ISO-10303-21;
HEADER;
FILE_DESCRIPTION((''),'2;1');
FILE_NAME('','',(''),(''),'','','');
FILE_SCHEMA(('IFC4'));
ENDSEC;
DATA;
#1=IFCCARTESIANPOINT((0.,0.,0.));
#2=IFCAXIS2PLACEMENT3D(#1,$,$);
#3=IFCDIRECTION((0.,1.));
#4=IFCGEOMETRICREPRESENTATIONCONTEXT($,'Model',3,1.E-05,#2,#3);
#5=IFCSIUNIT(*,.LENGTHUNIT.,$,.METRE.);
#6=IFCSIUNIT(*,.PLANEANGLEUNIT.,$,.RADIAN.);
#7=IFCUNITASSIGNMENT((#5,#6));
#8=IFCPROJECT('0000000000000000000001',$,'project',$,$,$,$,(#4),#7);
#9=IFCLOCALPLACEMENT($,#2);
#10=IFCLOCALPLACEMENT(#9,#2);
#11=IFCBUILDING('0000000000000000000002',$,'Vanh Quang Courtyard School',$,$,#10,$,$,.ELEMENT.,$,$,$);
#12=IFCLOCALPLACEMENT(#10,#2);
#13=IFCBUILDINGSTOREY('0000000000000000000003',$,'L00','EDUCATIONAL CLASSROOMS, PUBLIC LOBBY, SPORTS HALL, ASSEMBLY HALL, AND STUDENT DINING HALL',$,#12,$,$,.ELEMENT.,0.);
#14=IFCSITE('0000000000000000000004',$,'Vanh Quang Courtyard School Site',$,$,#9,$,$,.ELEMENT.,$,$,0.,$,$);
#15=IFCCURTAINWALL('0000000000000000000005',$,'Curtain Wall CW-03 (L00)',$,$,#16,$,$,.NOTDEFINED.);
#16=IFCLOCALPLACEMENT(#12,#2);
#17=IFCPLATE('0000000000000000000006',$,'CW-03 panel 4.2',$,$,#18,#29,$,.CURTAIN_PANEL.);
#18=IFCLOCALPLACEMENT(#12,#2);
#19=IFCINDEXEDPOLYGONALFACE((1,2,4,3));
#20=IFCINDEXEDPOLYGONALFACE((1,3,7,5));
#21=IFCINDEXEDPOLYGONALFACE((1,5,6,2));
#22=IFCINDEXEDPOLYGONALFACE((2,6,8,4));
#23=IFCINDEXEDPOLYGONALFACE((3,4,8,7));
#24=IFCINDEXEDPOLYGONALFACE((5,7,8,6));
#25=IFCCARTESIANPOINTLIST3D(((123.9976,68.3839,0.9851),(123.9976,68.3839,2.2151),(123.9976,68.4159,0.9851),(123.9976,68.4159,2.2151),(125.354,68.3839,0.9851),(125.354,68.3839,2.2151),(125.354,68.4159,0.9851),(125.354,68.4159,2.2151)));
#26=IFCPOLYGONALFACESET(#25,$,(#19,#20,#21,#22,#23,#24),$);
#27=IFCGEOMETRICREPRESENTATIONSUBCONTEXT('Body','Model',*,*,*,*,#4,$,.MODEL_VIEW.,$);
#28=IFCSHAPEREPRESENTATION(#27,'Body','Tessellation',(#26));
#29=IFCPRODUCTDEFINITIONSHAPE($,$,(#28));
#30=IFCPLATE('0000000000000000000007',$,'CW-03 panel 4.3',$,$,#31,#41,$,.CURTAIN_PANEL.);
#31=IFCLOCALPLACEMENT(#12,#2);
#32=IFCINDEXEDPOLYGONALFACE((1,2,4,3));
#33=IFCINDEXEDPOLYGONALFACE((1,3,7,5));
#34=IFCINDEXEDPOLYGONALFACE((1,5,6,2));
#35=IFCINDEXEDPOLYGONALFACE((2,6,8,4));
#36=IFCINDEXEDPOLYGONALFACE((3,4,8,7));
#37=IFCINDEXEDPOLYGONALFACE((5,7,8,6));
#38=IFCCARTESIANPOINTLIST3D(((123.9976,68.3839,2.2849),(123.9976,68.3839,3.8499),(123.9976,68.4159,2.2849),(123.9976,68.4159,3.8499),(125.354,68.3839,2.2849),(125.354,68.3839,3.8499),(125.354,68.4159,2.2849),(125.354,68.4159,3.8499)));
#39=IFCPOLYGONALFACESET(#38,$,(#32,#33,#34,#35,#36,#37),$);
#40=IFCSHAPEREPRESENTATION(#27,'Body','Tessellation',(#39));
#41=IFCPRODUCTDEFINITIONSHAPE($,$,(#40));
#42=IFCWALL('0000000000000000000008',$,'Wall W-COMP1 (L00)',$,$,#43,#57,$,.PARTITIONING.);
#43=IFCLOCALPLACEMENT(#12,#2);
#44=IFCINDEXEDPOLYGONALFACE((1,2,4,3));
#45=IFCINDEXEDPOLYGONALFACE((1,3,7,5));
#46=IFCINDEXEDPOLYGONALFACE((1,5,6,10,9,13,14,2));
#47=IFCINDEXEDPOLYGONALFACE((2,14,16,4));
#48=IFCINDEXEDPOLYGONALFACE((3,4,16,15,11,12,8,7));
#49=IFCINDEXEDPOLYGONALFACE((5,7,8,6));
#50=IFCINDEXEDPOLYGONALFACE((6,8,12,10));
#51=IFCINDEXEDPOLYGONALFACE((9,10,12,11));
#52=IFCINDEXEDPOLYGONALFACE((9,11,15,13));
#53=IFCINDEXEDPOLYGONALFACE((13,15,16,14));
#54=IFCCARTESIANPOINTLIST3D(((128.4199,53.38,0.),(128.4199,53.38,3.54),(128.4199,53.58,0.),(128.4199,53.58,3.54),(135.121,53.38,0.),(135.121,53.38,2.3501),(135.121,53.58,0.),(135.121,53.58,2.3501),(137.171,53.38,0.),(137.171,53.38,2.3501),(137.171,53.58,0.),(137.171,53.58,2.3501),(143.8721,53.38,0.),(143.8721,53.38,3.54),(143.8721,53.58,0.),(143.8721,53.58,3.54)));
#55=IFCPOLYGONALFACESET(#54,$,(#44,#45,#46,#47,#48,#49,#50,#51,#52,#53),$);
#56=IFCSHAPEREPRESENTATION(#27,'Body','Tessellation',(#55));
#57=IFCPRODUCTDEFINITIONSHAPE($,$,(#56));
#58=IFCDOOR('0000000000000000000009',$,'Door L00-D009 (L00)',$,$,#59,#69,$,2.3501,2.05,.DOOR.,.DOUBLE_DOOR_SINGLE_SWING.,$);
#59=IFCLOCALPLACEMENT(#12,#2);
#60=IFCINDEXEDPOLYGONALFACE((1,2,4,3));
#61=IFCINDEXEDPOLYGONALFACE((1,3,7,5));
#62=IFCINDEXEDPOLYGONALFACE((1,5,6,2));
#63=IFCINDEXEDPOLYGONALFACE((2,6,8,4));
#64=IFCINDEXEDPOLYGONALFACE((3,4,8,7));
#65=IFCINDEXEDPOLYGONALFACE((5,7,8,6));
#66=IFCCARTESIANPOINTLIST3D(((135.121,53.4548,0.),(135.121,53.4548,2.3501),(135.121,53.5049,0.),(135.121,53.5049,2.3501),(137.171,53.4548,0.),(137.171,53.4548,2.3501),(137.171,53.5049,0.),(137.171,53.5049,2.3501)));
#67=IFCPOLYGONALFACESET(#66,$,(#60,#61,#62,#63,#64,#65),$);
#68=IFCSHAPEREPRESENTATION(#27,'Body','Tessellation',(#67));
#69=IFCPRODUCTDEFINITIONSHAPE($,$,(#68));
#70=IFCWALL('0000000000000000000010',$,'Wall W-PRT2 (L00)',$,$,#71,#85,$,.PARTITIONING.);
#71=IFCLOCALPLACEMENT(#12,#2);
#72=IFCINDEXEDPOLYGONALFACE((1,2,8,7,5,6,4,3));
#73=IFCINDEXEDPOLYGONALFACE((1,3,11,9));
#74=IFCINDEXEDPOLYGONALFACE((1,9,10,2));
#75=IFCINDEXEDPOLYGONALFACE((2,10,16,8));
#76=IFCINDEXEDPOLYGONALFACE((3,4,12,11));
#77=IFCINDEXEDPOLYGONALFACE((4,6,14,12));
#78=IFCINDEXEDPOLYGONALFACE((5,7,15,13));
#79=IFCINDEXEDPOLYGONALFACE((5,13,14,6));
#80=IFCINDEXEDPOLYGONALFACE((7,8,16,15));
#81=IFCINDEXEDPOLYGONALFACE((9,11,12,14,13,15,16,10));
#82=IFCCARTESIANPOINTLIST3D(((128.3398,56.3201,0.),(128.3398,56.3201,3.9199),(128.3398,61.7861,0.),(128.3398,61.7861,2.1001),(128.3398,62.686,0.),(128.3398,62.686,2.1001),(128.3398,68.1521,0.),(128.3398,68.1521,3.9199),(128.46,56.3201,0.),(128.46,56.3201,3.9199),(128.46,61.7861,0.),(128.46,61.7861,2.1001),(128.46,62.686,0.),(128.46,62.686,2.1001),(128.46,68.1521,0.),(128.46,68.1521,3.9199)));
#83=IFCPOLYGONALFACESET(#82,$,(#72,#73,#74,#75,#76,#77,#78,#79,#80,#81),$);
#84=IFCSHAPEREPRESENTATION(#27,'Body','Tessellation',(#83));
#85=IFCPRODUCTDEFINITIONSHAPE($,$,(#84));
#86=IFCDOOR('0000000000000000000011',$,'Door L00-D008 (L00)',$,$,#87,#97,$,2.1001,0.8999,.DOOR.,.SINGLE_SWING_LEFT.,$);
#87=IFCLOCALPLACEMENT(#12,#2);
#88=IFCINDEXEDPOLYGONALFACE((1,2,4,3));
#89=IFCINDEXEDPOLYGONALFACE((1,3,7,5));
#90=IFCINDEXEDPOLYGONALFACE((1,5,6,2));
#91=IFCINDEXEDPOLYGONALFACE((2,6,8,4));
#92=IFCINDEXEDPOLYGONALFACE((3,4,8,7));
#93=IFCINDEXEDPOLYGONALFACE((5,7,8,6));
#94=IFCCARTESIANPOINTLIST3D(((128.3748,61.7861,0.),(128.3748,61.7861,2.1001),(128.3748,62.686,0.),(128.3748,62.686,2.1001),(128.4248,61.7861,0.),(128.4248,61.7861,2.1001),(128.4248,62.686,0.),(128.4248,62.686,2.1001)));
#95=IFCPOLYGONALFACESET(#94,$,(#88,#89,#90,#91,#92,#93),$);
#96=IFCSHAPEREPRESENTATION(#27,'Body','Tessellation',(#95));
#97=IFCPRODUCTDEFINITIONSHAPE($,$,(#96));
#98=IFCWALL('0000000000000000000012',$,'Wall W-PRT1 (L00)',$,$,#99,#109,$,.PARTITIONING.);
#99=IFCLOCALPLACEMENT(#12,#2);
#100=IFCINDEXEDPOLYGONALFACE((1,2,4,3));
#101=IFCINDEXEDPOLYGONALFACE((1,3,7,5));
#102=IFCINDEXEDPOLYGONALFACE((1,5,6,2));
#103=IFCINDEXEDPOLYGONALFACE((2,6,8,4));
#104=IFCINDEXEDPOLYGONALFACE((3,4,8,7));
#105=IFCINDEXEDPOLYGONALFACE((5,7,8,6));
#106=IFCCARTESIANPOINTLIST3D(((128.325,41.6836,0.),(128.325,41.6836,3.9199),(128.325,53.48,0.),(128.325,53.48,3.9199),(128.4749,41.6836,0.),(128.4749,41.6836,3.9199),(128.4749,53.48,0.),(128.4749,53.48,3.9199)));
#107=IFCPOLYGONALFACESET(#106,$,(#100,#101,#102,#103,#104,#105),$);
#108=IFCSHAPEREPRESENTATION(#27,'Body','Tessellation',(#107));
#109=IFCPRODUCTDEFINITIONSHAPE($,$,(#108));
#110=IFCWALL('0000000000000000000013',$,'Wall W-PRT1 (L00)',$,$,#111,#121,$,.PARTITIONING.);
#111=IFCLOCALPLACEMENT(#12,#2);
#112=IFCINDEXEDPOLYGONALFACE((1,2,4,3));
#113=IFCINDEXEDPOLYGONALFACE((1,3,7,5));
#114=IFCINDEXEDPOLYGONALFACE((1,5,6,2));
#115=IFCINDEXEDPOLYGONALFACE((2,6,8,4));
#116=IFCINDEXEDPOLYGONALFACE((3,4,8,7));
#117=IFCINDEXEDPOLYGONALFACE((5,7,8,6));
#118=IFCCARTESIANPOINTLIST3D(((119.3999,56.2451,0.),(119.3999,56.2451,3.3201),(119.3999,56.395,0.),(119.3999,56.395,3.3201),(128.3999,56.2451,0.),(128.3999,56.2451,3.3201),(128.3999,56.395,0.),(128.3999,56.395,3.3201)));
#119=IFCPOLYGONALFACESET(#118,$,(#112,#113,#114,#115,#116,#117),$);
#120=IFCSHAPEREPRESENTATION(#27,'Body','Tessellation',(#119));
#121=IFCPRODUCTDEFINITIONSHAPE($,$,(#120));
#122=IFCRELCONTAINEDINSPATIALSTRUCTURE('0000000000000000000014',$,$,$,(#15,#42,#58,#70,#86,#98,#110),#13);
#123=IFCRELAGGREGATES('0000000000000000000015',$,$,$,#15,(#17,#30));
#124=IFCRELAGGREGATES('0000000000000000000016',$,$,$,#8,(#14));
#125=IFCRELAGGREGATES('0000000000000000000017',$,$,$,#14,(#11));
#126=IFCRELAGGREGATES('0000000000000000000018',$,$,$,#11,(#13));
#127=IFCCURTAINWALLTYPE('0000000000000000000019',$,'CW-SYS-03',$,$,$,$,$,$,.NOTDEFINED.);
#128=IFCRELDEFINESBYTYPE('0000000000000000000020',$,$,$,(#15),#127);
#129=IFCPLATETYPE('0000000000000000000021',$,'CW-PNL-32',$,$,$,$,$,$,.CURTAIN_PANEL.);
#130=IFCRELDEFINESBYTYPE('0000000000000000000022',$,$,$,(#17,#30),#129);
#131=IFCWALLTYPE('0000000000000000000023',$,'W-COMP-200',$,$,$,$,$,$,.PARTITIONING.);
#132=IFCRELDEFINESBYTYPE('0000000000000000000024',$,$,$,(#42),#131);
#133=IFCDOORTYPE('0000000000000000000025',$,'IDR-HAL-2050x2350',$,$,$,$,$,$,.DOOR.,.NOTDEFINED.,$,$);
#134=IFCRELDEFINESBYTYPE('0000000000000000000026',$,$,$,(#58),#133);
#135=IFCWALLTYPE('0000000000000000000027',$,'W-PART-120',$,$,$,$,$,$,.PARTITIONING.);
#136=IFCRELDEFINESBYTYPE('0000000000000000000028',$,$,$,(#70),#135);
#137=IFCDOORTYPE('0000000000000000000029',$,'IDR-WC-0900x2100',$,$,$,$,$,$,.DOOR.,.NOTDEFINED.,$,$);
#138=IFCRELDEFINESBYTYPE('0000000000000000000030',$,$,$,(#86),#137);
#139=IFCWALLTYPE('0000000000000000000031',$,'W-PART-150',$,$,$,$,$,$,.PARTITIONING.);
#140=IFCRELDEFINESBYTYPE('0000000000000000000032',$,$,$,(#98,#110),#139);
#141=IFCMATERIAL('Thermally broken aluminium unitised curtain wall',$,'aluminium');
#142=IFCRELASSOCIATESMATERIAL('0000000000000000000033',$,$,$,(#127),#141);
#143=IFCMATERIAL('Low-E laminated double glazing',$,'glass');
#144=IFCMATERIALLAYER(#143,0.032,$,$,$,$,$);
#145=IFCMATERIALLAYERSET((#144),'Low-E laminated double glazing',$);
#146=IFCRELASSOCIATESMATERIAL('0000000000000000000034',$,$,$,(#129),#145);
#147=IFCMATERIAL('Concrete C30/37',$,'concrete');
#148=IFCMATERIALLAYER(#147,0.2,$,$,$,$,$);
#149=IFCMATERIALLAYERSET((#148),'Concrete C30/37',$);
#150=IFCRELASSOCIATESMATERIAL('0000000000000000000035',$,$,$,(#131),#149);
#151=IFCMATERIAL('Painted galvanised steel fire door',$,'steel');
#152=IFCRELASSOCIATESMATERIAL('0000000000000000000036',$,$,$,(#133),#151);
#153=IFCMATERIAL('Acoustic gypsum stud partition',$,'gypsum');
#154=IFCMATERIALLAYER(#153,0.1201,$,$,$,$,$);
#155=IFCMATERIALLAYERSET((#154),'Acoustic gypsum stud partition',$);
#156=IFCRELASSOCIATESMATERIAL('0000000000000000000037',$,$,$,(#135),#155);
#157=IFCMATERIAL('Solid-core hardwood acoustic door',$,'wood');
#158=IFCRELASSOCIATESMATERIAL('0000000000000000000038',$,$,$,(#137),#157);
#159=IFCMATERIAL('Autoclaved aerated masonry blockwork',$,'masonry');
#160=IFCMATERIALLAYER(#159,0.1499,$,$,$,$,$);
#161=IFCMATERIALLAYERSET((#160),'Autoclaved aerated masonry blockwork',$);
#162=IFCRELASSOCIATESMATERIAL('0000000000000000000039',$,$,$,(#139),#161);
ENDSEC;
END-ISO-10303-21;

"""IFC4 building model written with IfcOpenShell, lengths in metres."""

from ifc_helpers import new_model, si_unit, direction, frame, frame_2d, origin, origin_2d, place, context, subcontext, project, spatial, rectangle, extrude, material, layer, layer_set, type_object, element, fill, aggregate, save


model = new_model("IFC4")

# Units and contexts
model_context = context("Model", 3, precision=1e-05, world=origin(), true_north=direction((0.0, 1.0)))
body_context = subcontext(model_context, "Body", "Model", "MODEL_VIEW")
ifc_project = project(units=[si_unit("LENGTHUNIT", "METRE"), si_unit("PLANEANGLEUNIT", "RADIAN")], contexts=[model_context])

# Site, building, storey
site_placement = place(None, origin())
site = spatial("IfcSite", under=ifc_project, at=site_placement, Name="Vanh Quang Courtyard School Site", CompositionType="ELEMENT", RefElevation=0.0)
building_placement = place(site_placement, origin())
building = spatial("IfcBuilding", under=site, at=building_placement, Name="Vanh Quang Courtyard School", CompositionType="ELEMENT")
storey_placement = place(building_placement, origin())
storey = spatial("IfcBuildingStorey", under=building, at=storey_placement, Name="L00", Description="EDUCATIONAL CLASSROOMS, PUBLIC LOBBY, SPORTS HALL, ASSEMBLY HALL, AND STUDENT DINING HALL", CompositionType="ELEMENT", Elevation=0.0)

# Shared definitions
ifc_material_1 = material(Name="Concrete C30/37", Category="concrete")

# Curtain wall, plates
ifc_material_2 = material(Name="Thermally broken aluminium unitised curtain wall", Category="aluminium")
curtain_wall_type = type_object("IfcCurtainWallType", Name="CW-SYS-03", PredefinedType="NOTDEFINED", material=ifc_material_2)
curtain_wall_placement = place(storey_placement, origin())
curtain_wall = element("IfcCurtainWall", 1, at=curtain_wall_placement, inside=storey, type_object=curtain_wall_type, Name="Curtain Wall CW-03 (L00)", PredefinedType="NOTDEFINED")
ifc_material_3 = material(Name="Low-E laminated double glazing", Category="glass")
ifc_layer_1 = layer(ifc_material_3, 0.032)
ifc_layer_set_1 = layer_set([ifc_layer_1], Name="Low-E laminated double glazing")
plate_type = type_object("IfcPlateType", Name="CW-PNL-32", PredefinedType="CURTAIN_PANEL", material=ifc_layer_set_1)
plate_1_placement = place(storey_placement, frame((124.6758, 68.3999, 0.9851), z_axis=(0.0, 0.0, 1.0), x_axis=(1.0, 0.0, 0.0)))
plate_1 = element("IfcPlate", 2, at=plate_1_placement, type_object=plate_type, Name="CW-03 panel 4.2", PredefinedType="CURTAIN_PANEL", context=body_context, shape_type="SweptSolid", body=[
    extrude(rectangle(XDim=1.3564, YDim=0.032, at=origin_2d()), origin(), (0.0, 0.0, 1.0), 1.23),
])
plate_2_placement = place(storey_placement, frame((124.6758, 68.3999, 2.2849), z_axis=(0.0, 0.0, 1.0), x_axis=(1.0, 0.0, 0.0)))
plate_2 = element("IfcPlate", 3, at=plate_2_placement, type_object=plate_type, Name="CW-03 panel 4.3", PredefinedType="CURTAIN_PANEL", context=body_context, shape_type="SweptSolid", body=[
    extrude(rectangle(XDim=1.3564, YDim=0.032, at=origin_2d()), origin(), (0.0, 0.0, 1.0), 1.5649),
])
aggregate(curtain_wall, [plate_1, plate_2])

# Walls, openings, doors
ifc_layer_2 = layer(ifc_material_1, 0.2)
ifc_layer_set_2 = layer_set([ifc_layer_2], Name="Concrete C30/37")
wall_type_1 = type_object("IfcWallType", Name="W-COMP-200", PredefinedType="PARTITIONING", material=ifc_layer_set_2)
wall_1_placement = place(storey_placement, frame((128.4199, 53.48, 0.0), z_axis=(0.0, 0.0, 1.0), x_axis=(1.0, 0.0, 0.0)))
wall_1 = element("IfcWall", 4, at=wall_1_placement, inside=storey, type_object=wall_type_1, Name="Wall W-COMP1 (L00)", PredefinedType="PARTITIONING", context=body_context, shape_type="SweptSolid", body=[
    extrude(rectangle(XDim=15.4521, YDim=0.2, at=frame_2d((7.7261, 0.0))), origin(), (0.0, 0.0, 1.0), 3.54),
])
opening_1_placement = place(wall_1_placement, frame((6.7012, 0.0, 0.0)))
opening_1 = element("IfcOpeningElement", 5, at=opening_1_placement, cuts=wall_1, PredefinedType="OPENING", context=body_context, shape_type="SweptSolid", body=[
    extrude(rectangle(XDim=2.05, YDim=2.3501, at=frame_2d((1.0249, 1.175))), frame((0.0, 0.1099, 0.0), z_axis=(0.0, -1.0, 0.0), x_axis=(1.0, 0.0, 0.0)), (0.0, 0.0, 1.0), 0.22),
])
ifc_material_4 = material(Name="Painted galvanised steel fire door", Category="steel")
door_type_1 = type_object("IfcDoorType", Name="IDR-HAL-2050x2350", OperationType="NOTDEFINED", PredefinedType="DOOR", material=ifc_material_4)
door_1_placement = place(opening_1_placement, origin())
door_1 = element("IfcDoor", 6, at=door_1_placement, inside=storey, type_object=door_type_1, Name="Door L00-D009 (L00)", OperationType="DOUBLE_DOOR_SINGLE_SWING", OverallHeight=2.3501, OverallWidth=2.05, PredefinedType="DOOR", context=body_context, shape_type="SweptSolid", body=[
    extrude(rectangle(XDim=2.05, YDim=2.3501, at=frame_2d((1.0249, 1.175))), frame((0.0, 0.0249, 0.0), z_axis=(0.0, -1.0, 0.0), x_axis=(1.0, 0.0, 0.0)), (0.0, 0.0, 1.0), 0.05),
])
fill(opening_1, door_1)
ifc_material_5 = material(Name="Acoustic gypsum stud partition", Category="gypsum")
ifc_layer_3 = layer(ifc_material_5, 0.1201)
ifc_layer_set_3 = layer_set([ifc_layer_3], Name="Acoustic gypsum stud partition")
wall_type_2 = type_object("IfcWallType", Name="W-PART-120", PredefinedType="PARTITIONING", material=ifc_layer_set_3)
wall_2_placement = place(storey_placement, frame((128.3999, 68.1521, 0.0), z_axis=(0.0, 0.0, 1.0), x_axis=(0.0, -1.0, 0.0)))
wall_2 = element("IfcWall", 7, at=wall_2_placement, inside=storey, type_object=wall_type_2, Name="Wall W-PRT2 (L00)", PredefinedType="PARTITIONING", context=body_context, shape_type="SweptSolid", body=[
    extrude(rectangle(XDim=11.832, YDim=0.1201, at=frame_2d((5.916, 0.0))), origin(), (0.0, 0.0, 1.0), 3.9199),
])
opening_2_placement = place(wall_2_placement, frame((5.4661, 0.0, 0.0)))
opening_2 = element("IfcOpeningElement", 8, at=opening_2_placement, cuts=wall_2, PredefinedType="OPENING", context=body_context, shape_type="SweptSolid", body=[
    extrude(rectangle(XDim=0.8999, YDim=2.1001, at=frame_2d((0.45, 1.05))), frame((0.0, 0.0701, 0.0), z_axis=(0.0, -1.0, 0.0), x_axis=(1.0, 0.0, 0.0)), (0.0, 0.0, 1.0), 0.1401),
])
ifc_material_6 = material(Name="Solid-core hardwood acoustic door", Category="wood")
door_type_2 = type_object("IfcDoorType", Name="IDR-WC-0900x2100", OperationType="NOTDEFINED", PredefinedType="DOOR", material=ifc_material_6)
door_2_placement = place(opening_2_placement, origin())
door_2 = element("IfcDoor", 9, at=door_2_placement, inside=storey, type_object=door_type_2, Name="Door L00-D008 (L00)", OperationType="SINGLE_SWING_LEFT", OverallHeight=2.1001, OverallWidth=0.8999, PredefinedType="DOOR", context=body_context, shape_type="SweptSolid", body=[
    extrude(rectangle(XDim=0.8999, YDim=2.1001, at=frame_2d((0.45, 1.05))), frame((0.0, 0.0249, 0.0), z_axis=(0.0, -1.0, 0.0), x_axis=(1.0, 0.0, 0.0)), (0.0, 0.0, 1.0), 0.05),
])
fill(opening_2, door_2)

# Walls
ifc_material_7 = material(Name="Autoclaved aerated masonry blockwork", Category="masonry")
ifc_layer_4 = layer(ifc_material_7, 0.1499)
ifc_layer_set_4 = layer_set([ifc_layer_4], Name="Autoclaved aerated masonry blockwork")
wall_type_3 = type_object("IfcWallType", Name="W-PART-150", PredefinedType="PARTITIONING", material=ifc_layer_set_4)
wall_3_placement = place(storey_placement, frame((128.3999, 53.48, 0.0), z_axis=(0.0, 0.0, 1.0), x_axis=(0.0, -1.0, 0.0)))
element("IfcWall", 10, at=wall_3_placement, inside=storey, type_object=wall_type_3, Name="Wall W-PRT1 (L00)", PredefinedType="PARTITIONING", context=body_context, shape_type="SweptSolid", body=[
    extrude(rectangle(XDim=11.7964, YDim=0.1499, at=frame_2d((5.8982, 0.0))), origin(), (0.0, 0.0, 1.0), 3.9199),
])
wall_4_placement = place(storey_placement, frame((128.3999, 56.3201, 0.0), z_axis=(0.0, 0.0, 1.0), x_axis=(-1.0, 0.0, 0.0)))
element("IfcWall", 11, at=wall_4_placement, inside=storey, type_object=wall_type_3, Name="Wall W-PRT1 (L00)", PredefinedType="PARTITIONING", context=body_context, shape_type="SweptSolid", body=[
    extrude(rectangle(XDim=9.0, YDim=0.1499, at=frame_2d((4.5, 0.0))), origin(), (0.0, 0.0, 1.0), 3.3201),
])

save(model, "model.ifc")
